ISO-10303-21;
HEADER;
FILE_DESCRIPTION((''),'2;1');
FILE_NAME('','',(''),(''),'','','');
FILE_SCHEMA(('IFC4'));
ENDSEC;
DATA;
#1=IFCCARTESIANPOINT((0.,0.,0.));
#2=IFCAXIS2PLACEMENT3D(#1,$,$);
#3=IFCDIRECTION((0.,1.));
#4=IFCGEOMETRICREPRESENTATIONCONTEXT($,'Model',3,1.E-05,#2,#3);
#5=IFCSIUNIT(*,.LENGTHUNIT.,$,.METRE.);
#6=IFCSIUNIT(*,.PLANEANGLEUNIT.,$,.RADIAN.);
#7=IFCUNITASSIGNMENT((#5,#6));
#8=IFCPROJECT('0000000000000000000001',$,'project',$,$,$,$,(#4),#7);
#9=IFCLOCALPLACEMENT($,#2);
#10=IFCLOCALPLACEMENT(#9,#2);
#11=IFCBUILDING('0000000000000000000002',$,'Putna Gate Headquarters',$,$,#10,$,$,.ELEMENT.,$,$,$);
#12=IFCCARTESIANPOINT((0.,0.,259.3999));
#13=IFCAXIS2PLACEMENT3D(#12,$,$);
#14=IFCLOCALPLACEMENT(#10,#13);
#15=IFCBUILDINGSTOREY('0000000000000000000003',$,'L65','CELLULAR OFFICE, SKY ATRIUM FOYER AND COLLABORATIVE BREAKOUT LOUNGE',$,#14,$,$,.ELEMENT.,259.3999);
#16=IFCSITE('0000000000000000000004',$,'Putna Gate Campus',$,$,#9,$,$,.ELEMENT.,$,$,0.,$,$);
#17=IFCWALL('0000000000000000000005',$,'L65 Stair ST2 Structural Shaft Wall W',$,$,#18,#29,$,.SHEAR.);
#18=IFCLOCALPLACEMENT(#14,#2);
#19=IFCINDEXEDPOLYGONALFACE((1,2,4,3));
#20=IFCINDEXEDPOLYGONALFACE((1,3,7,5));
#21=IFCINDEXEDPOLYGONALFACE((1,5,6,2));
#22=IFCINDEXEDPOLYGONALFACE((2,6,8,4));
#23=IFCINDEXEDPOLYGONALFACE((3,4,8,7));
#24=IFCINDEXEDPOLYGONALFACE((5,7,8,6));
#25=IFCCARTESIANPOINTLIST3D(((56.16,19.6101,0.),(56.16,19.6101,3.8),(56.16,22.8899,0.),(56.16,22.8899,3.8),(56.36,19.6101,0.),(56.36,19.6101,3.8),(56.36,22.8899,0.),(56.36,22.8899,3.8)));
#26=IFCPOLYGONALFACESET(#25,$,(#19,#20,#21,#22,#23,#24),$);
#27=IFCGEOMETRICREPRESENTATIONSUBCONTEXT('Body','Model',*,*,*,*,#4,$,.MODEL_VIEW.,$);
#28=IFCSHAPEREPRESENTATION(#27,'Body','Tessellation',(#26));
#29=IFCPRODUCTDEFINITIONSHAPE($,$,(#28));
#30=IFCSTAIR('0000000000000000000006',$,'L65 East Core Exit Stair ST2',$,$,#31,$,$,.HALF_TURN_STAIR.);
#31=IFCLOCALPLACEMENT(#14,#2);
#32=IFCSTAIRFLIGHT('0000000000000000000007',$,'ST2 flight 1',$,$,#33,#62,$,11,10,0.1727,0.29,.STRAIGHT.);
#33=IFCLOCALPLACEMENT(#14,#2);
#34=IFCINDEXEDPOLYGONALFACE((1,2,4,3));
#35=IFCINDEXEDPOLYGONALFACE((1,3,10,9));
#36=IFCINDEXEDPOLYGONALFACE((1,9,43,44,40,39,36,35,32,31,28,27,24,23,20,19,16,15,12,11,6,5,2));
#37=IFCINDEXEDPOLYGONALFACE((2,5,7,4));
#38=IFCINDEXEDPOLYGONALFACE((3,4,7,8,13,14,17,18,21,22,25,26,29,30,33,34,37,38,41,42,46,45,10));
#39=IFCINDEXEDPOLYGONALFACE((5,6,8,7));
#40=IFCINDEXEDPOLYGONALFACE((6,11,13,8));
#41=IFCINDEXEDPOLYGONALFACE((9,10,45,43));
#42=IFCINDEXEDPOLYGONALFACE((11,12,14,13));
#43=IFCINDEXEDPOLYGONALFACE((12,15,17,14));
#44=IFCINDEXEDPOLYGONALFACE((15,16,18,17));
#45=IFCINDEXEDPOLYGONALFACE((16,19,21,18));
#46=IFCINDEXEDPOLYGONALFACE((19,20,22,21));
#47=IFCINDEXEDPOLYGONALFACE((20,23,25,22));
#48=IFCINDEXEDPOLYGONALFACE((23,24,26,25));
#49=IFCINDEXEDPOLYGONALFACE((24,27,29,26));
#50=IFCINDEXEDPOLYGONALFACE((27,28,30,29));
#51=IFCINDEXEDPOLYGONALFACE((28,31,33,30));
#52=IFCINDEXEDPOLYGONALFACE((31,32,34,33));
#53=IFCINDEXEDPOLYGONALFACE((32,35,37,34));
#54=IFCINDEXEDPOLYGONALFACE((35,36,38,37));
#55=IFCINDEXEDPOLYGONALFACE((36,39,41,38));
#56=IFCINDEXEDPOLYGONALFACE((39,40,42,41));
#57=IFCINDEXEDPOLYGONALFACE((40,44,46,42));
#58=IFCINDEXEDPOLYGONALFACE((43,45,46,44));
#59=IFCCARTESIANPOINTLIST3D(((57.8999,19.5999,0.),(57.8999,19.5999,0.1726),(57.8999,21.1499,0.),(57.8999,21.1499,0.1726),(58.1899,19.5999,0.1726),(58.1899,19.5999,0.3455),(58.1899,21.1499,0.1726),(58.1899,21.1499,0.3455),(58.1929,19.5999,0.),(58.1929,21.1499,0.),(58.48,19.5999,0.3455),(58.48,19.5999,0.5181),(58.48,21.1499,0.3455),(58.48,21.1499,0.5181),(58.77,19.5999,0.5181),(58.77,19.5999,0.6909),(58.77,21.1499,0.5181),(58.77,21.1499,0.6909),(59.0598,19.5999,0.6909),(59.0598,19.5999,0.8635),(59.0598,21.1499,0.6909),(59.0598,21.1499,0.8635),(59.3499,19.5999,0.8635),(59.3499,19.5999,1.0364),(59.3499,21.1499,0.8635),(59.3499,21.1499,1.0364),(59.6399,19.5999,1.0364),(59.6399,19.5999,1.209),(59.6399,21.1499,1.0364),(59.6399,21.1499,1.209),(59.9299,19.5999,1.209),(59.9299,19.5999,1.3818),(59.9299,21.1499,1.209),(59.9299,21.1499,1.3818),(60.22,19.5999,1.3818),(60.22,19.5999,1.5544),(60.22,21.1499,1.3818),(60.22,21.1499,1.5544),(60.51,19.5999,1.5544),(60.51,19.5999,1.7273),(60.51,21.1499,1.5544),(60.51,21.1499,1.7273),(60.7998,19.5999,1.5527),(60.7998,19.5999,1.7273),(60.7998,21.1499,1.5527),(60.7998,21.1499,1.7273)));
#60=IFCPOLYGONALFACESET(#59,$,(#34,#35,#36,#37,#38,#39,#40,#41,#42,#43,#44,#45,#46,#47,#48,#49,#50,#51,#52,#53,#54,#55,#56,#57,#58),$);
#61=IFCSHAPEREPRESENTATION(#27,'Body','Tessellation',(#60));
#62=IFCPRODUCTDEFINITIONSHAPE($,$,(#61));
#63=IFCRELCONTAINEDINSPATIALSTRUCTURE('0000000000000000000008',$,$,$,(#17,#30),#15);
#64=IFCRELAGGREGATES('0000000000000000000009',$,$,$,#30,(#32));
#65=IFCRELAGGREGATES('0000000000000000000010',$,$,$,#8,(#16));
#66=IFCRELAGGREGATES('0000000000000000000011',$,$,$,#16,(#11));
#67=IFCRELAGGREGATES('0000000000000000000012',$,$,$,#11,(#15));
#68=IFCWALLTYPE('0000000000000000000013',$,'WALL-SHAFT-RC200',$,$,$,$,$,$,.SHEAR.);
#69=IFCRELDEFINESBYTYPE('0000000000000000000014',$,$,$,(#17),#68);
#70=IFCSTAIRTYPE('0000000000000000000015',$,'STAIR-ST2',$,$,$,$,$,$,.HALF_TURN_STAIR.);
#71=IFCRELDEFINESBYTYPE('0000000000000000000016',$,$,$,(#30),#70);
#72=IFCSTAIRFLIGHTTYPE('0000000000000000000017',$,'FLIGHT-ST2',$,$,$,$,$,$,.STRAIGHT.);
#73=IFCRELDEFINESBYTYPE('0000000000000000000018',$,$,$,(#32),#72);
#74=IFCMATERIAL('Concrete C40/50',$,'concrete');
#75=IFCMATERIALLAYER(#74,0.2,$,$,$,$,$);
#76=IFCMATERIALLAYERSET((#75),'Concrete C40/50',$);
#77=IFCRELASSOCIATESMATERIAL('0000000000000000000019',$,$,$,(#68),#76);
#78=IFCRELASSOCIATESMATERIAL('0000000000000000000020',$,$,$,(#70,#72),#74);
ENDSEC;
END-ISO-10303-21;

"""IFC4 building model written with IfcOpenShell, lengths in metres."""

from ifc_helpers import new_model, si_unit, direction, frame, frame_2d, origin, place, context, subcontext, project, spatial, polyline, rectangle, outline, extrude, material, layer, layer_set, type_object, element, aggregate, save


model = new_model("IFC4")

# Units and contexts
model_context = context("Model", 3, precision=1e-05, world=origin(), true_north=direction((0.0, 1.0)))
body_context = subcontext(model_context, "Body", "Model", "MODEL_VIEW")
ifc_project = project(units=[si_unit("LENGTHUNIT", "METRE"), si_unit("PLANEANGLEUNIT", "RADIAN")], contexts=[model_context])

# Site, building, storey
site_placement = place(None, origin())
site = spatial("IfcSite", under=ifc_project, at=site_placement, Name="Putna Gate Campus", CompositionType="ELEMENT", RefElevation=0.0)
building_placement = place(site_placement, origin())
building = spatial("IfcBuilding", under=site, at=building_placement, Name="Putna Gate Headquarters", CompositionType="ELEMENT")
storey_placement = place(building_placement, frame((0.0, 0.0, 259.3999)))
storey = spatial("IfcBuildingStorey", under=building, at=storey_placement, Name="L65", Description="CELLULAR OFFICE, SKY ATRIUM FOYER AND COLLABORATIVE BREAKOUT LOUNGE", CompositionType="ELEMENT", Elevation=259.3999)

# Shared definitions
ifc_material_1 = material(Name="Concrete C40/50", Category="concrete")

# Shared definitions
ifc_layer_1 = layer(ifc_material_1, 0.2)
ifc_layer_set_1 = layer_set([ifc_layer_1], Name="Concrete C40/50")
wall_type_1 = type_object("IfcWallType", Name="WALL-SHAFT-RC200", PredefinedType="SHEAR", material=ifc_layer_set_1)

# Wall
wall_1_placement = place(storey_placement, frame((56.26, 19.6101, 0.0), z_axis=(0.0, 0.0, 1.0), x_axis=(0.0, 1.0, 0.0)))
element("IfcWall", 1, at=wall_1_placement, inside=storey, type_object=wall_type_1, Name="L65 Stair ST2 Structural Shaft Wall W", PredefinedType="SHEAR", context=body_context, shape_type="SweptSolid", body=[
    extrude(rectangle(XDim=3.2798, YDim=0.2, at=frame_2d((1.6399, 0.0))), origin(), (0.0, 0.0, 1.0), 3.8),
])

# Stair, stair flight
stair_type = type_object("IfcStairType", Name="STAIR-ST2", PredefinedType="HALF_TURN_STAIR", material=ifc_material_1)
stair_placement = place(storey_placement, origin())
stair = element("IfcStair", 2, at=stair_placement, inside=storey, type_object=stair_type, Name="L65 East Core Exit Stair ST2", PredefinedType="HALF_TURN_STAIR")
stair_flight_type = type_object("IfcStairFlightType", Name="FLIGHT-ST2", PredefinedType="STRAIGHT", material=ifc_material_1)
stair_flight_placement = place(storey_placement, frame((57.8999, 20.375, 0.0), z_axis=(0.0, 0.0, 1.0), x_axis=(1.0, 0.0, 0.0)))
stair_flight = element("IfcStairFlight", 3, at=stair_flight_placement, type_object=stair_flight_type, Name="ST2 flight 1", NumberOfRisers=11, NumberOfTreads=10, PredefinedType="STRAIGHT", RiserHeight=0.1727, TreadLength=0.29, context=body_context, shape_type="SweptSolid", body=[
    extrude(outline(polyline([(0.0, 0.0), (0.0, 0.1726), (0.29, 0.1726), (0.29, 0.3455), (0.5801, 0.3455), (0.5801, 0.5181), (0.8701, 0.5181), (0.8701, 0.6909), (1.1599, 0.6909), (1.1599, 0.8635), (1.45, 0.8635), (1.45, 1.0364), (1.74, 1.0364), (1.74, 1.209), (2.03, 1.209), (2.03, 1.3818), (2.3201, 1.3818), (2.3201, 1.5544), (2.6101, 1.5544), (2.6101, 1.7273), (2.8999, 1.7273), (2.8999, 1.8999), (2.8999, 1.5527), (0.293, 0.0), (0.0, 0.0)])), frame((0.0, 0.7749, 0.0), z_axis=(0.0, -1.0, 0.0), x_axis=(1.0, 0.0, 0.0)), (0.0, 0.0, 1.0), 1.55),
])
aggregate(stair, [stair_flight])

save(model, "model.ifc")
